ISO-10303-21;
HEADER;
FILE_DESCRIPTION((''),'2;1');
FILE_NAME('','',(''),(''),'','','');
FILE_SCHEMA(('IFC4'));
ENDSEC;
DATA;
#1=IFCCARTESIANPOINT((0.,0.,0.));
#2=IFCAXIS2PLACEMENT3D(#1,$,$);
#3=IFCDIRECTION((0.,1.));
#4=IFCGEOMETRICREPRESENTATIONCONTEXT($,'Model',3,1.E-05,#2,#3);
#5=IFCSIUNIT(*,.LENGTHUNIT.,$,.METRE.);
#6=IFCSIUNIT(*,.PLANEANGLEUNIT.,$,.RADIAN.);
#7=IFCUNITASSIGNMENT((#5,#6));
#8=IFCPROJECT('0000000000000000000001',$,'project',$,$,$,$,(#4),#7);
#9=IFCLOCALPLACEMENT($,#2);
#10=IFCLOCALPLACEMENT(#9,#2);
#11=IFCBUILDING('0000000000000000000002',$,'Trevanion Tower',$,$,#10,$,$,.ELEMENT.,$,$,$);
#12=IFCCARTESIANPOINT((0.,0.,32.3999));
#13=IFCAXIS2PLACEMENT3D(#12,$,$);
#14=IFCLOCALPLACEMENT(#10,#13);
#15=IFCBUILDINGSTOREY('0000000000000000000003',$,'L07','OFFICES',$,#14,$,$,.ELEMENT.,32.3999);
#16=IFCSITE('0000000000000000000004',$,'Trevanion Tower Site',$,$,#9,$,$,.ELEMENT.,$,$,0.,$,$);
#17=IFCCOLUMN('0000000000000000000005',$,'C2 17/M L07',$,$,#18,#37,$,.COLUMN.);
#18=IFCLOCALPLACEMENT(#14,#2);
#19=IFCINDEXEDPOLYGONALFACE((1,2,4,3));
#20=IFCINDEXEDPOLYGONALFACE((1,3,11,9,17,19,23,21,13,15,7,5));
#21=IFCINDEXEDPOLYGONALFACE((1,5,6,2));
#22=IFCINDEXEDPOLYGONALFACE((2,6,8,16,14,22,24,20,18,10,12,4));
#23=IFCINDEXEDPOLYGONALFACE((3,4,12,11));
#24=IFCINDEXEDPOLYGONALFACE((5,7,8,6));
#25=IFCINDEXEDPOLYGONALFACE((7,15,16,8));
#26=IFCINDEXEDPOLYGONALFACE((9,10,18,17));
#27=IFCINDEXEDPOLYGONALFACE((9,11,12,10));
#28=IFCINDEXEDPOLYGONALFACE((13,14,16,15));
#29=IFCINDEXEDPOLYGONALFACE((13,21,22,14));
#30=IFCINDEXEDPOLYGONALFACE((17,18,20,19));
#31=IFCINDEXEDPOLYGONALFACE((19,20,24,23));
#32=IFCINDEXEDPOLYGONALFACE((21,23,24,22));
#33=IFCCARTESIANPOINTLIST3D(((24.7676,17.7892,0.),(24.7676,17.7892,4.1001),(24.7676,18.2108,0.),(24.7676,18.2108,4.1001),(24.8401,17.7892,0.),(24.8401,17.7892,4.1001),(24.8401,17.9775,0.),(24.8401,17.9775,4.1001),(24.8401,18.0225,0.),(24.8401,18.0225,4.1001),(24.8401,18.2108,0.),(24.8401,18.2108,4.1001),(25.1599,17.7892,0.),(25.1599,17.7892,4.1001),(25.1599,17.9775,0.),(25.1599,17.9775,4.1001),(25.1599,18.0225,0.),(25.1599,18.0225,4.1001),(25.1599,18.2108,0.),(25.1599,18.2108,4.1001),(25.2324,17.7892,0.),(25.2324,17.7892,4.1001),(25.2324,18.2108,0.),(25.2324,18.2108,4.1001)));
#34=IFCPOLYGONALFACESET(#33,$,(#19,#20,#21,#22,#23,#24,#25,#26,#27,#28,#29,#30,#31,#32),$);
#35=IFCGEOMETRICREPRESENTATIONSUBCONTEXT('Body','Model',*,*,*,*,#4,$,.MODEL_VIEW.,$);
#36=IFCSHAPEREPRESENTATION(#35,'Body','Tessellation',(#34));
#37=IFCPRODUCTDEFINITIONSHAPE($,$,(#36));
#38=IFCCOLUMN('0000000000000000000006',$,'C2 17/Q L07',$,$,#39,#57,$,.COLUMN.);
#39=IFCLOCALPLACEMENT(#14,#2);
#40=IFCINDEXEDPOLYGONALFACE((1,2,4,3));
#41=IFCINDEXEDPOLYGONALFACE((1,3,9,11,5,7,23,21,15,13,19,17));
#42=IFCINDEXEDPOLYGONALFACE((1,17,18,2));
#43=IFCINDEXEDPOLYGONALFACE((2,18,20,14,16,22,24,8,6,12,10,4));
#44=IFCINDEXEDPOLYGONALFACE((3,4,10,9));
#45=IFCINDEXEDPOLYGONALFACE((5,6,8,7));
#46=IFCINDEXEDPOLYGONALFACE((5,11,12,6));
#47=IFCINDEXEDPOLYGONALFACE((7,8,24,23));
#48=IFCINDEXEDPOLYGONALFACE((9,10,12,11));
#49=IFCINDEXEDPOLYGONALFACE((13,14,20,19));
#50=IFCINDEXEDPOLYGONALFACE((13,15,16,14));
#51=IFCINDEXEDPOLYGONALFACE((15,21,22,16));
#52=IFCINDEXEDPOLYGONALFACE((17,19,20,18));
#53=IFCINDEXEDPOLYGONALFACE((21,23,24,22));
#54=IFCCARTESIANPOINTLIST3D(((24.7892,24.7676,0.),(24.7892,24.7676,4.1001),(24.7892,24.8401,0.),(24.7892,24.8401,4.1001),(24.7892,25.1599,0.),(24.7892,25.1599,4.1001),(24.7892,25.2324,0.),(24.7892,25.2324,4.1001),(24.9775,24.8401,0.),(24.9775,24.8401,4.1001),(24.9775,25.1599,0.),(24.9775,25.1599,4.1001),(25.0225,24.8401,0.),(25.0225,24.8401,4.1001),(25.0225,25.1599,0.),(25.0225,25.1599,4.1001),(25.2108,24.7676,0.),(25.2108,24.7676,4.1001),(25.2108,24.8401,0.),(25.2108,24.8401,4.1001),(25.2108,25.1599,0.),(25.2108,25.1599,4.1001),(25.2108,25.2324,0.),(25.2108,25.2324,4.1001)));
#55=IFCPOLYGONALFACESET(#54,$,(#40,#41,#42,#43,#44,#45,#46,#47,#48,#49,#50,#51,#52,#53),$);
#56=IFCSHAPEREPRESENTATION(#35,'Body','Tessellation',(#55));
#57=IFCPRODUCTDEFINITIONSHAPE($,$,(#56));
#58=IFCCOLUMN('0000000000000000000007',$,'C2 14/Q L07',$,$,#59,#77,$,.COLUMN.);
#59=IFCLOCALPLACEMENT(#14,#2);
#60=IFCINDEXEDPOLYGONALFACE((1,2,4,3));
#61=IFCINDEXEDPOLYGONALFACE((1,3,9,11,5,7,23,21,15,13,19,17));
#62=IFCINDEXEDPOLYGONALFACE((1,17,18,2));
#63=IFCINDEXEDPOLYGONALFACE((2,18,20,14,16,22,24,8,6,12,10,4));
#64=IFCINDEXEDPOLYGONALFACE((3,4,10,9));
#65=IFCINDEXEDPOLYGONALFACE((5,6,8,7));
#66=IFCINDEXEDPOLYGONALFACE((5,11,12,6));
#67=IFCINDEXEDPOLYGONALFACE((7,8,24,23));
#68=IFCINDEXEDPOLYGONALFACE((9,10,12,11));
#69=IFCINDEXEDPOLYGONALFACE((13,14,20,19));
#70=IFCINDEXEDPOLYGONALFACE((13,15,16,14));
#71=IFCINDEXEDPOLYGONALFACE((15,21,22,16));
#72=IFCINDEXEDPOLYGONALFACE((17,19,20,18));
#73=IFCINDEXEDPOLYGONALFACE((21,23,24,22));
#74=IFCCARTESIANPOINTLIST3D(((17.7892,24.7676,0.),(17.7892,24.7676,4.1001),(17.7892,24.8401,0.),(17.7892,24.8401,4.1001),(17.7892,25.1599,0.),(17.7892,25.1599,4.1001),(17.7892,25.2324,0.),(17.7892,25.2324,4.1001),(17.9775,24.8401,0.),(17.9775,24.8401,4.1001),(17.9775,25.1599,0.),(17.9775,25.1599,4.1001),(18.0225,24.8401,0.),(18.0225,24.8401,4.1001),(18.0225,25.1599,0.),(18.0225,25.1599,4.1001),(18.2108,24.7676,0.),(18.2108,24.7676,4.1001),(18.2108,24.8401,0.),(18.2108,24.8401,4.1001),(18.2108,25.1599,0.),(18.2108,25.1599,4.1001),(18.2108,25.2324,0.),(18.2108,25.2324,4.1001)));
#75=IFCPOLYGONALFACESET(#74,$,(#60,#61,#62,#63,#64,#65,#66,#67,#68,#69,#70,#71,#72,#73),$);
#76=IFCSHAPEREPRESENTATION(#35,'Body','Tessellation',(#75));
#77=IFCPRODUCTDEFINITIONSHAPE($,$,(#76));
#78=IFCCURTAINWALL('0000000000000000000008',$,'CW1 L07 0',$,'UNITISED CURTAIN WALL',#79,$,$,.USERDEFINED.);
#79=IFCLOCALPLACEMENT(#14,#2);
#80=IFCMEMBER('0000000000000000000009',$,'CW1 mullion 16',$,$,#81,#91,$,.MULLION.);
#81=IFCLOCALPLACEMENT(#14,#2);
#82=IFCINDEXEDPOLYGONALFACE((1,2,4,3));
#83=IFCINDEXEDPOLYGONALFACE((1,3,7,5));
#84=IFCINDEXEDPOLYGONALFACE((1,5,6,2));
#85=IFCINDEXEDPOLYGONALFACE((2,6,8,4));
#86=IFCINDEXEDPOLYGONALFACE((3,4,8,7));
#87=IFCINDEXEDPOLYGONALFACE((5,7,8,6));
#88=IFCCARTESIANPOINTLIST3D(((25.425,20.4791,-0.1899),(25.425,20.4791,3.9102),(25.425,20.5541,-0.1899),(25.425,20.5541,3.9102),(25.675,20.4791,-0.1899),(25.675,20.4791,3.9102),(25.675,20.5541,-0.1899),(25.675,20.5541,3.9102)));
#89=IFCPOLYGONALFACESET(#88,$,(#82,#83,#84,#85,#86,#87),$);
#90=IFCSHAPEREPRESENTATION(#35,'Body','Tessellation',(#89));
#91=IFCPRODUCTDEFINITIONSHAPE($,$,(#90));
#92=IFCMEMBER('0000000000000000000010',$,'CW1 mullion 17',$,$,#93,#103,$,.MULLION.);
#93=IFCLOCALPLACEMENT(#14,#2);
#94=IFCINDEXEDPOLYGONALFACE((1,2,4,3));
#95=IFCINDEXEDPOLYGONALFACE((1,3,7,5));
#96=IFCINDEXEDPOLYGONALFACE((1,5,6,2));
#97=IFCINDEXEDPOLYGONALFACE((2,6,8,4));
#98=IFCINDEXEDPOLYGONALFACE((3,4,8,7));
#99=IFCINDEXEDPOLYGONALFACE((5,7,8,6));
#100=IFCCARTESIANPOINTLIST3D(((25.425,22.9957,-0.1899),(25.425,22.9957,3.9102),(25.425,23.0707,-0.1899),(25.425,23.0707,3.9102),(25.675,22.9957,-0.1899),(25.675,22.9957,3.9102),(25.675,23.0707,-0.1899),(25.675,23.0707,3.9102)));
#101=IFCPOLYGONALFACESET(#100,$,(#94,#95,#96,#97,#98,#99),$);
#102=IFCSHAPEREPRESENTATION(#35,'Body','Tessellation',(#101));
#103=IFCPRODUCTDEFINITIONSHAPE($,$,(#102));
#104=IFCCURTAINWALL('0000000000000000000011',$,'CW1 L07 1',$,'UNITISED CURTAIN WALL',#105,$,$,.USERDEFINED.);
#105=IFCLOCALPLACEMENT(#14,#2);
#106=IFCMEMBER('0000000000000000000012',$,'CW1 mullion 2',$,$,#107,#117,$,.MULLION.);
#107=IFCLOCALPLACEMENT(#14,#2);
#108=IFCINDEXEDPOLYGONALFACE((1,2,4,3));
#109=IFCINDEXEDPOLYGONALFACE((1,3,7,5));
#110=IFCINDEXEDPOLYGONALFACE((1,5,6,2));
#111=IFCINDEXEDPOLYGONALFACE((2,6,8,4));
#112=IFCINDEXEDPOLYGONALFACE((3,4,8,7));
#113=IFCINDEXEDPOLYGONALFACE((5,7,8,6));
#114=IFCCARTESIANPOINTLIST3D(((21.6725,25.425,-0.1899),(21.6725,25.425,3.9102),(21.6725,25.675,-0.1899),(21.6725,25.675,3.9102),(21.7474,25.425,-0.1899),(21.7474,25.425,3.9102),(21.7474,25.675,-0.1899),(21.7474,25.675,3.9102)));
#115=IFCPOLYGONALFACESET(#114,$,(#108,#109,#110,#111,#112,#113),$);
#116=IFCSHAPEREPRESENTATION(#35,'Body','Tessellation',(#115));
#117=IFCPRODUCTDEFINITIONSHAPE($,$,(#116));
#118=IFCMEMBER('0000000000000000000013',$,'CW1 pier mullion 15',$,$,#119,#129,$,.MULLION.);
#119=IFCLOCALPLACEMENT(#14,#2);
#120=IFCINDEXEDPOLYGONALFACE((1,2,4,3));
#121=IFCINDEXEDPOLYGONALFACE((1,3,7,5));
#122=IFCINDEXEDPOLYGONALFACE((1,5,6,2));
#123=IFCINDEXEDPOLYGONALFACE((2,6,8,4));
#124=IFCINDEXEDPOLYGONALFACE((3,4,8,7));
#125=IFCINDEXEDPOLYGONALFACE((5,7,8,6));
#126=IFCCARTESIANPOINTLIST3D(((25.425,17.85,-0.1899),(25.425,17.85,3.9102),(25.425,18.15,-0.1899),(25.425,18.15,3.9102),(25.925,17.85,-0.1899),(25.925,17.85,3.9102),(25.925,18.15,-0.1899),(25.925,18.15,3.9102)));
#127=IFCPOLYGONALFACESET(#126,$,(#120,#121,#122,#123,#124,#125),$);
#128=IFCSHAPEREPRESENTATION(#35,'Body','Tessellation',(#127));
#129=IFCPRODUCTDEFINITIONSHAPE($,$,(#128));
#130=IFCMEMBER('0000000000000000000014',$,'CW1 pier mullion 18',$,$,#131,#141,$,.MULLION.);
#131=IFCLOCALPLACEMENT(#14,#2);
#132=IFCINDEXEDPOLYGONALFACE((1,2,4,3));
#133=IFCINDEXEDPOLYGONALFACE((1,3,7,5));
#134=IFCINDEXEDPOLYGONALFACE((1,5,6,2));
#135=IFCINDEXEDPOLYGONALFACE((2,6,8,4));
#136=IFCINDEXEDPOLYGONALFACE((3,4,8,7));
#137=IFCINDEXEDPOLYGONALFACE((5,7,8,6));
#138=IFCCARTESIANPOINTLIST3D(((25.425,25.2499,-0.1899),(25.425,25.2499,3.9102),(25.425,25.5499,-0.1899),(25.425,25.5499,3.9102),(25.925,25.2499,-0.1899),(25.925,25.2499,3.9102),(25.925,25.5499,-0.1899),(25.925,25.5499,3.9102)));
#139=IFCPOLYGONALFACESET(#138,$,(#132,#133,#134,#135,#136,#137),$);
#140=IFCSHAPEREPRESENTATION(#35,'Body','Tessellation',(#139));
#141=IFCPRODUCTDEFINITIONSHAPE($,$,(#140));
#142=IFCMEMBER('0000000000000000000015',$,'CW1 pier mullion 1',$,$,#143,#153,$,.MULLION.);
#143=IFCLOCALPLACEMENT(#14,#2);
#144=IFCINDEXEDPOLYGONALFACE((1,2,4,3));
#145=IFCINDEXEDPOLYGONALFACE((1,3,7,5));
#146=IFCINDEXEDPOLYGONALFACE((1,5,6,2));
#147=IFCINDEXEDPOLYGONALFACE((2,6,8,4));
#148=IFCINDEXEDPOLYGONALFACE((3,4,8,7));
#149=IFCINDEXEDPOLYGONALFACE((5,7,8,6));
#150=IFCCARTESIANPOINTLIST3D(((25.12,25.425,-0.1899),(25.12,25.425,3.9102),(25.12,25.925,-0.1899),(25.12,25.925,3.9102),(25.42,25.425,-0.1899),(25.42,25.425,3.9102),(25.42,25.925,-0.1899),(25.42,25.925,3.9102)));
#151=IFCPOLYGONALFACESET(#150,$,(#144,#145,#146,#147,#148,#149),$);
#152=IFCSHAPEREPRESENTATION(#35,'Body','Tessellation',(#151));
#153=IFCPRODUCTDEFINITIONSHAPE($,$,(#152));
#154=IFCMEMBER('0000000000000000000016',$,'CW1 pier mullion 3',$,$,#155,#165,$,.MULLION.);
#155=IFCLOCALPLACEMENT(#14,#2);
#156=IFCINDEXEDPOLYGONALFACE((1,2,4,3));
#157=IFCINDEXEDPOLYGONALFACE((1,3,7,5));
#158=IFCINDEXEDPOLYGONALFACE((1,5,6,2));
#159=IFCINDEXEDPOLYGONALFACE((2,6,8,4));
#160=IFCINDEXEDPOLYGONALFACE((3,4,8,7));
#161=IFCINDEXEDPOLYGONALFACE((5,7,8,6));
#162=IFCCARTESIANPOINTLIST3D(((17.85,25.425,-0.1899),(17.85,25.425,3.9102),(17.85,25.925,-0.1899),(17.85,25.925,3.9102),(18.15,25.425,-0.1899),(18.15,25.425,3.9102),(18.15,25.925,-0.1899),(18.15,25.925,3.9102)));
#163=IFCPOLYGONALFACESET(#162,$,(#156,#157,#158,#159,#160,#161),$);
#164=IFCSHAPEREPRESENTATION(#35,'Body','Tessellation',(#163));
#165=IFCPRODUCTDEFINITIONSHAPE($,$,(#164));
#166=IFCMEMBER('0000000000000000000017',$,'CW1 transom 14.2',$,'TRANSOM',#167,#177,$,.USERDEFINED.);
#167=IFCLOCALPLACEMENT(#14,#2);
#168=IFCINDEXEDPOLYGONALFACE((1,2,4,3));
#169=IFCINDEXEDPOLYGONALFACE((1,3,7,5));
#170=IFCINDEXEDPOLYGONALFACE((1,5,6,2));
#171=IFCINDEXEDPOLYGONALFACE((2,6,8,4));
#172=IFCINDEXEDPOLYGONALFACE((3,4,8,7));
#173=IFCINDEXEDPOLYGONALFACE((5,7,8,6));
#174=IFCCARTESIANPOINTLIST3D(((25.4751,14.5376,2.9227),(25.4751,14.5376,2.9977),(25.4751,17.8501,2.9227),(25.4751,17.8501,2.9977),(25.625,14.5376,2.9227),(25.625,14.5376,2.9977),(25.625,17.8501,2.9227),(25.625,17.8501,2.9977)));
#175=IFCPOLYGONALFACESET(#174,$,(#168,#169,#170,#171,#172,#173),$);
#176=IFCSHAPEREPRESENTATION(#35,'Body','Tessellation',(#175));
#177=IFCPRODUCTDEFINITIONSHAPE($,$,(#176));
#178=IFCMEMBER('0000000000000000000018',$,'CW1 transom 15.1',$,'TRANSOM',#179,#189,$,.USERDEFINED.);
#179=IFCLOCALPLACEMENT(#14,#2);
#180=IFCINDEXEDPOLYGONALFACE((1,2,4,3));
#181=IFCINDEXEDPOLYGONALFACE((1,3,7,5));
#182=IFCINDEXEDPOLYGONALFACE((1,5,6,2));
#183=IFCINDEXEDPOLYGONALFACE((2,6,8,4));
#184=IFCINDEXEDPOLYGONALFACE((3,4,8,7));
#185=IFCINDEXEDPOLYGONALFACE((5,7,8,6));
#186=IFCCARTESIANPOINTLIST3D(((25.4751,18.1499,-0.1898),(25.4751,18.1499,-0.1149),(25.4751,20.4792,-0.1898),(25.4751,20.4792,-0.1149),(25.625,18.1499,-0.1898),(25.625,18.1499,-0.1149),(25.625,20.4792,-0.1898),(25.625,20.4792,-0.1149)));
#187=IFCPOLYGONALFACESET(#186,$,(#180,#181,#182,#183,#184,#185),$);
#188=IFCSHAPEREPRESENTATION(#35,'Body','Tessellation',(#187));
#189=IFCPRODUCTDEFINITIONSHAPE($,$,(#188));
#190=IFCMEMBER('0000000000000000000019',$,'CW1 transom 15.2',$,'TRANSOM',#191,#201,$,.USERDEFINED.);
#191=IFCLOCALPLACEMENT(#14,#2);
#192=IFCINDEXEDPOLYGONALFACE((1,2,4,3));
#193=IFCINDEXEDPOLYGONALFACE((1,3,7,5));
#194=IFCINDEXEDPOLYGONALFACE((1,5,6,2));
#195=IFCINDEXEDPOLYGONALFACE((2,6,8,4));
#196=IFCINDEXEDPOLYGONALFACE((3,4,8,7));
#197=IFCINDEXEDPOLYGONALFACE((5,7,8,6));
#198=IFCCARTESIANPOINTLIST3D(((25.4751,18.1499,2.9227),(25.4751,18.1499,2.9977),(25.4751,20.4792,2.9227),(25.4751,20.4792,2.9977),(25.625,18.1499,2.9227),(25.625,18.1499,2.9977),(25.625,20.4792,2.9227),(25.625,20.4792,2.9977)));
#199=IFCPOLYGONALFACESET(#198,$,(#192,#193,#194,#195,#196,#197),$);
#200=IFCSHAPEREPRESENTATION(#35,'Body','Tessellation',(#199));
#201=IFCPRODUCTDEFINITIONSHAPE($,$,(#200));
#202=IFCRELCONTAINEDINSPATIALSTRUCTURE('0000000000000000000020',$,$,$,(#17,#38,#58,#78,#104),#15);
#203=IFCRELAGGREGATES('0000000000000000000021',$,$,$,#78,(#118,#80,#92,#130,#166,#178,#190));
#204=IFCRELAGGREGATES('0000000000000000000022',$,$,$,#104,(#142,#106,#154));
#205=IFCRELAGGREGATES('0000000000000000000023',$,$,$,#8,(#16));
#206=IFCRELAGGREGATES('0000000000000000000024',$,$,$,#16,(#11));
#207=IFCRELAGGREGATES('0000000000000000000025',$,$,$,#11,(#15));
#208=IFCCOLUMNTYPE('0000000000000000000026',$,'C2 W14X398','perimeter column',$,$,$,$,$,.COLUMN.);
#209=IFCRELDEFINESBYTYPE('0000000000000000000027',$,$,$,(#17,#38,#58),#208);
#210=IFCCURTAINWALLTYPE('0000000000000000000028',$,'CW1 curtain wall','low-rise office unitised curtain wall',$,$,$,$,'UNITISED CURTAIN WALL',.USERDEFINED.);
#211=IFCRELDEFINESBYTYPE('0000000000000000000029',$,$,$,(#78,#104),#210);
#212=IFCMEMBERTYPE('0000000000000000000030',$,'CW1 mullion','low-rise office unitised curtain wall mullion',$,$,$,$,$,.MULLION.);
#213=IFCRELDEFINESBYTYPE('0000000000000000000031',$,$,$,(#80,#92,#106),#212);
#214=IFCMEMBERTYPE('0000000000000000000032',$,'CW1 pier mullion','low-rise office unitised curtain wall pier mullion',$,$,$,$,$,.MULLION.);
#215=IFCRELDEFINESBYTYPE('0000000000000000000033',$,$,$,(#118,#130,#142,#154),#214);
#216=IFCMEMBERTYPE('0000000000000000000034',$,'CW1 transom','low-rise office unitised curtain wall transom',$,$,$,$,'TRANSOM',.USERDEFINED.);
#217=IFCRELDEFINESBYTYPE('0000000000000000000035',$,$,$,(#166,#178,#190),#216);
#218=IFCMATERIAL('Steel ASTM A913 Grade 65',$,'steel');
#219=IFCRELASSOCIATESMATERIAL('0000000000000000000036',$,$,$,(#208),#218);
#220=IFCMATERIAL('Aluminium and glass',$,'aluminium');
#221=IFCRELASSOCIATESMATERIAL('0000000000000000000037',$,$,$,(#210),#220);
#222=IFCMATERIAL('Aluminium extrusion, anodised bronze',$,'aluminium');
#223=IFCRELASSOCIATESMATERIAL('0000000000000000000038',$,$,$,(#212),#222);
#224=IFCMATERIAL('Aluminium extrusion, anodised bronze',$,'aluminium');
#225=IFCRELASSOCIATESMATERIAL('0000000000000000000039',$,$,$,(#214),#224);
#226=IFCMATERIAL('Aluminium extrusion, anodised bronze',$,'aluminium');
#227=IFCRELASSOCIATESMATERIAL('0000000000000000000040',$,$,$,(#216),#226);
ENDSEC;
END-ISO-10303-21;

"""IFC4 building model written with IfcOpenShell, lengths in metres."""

from ifc_helpers import new_model, si_unit, direction, frame, origin, origin_2d, place, context, subcontext, project, spatial, rectangle, i_section, extrude, material, material_profile, profile_set, type_object, element, aggregate, save


model = new_model("IFC4")

# Units and contexts
model_context = context("Model", 3, precision=1e-05, world=origin(), true_north=direction((0.0, 1.0)))
body_context = subcontext(model_context, "Body", "Model", "MODEL_VIEW")
ifc_project = project(units=[si_unit("LENGTHUNIT", "METRE"), si_unit("PLANEANGLEUNIT", "RADIAN")], contexts=[model_context])

# Site, building, storey
site_placement = place(None, origin())
site = spatial("IfcSite", under=ifc_project, at=site_placement, Name="Trevanion Tower Site", CompositionType="ELEMENT", RefElevation=0.0)
building_placement = place(site_placement, origin())
building = spatial("IfcBuilding", under=site, at=building_placement, Name="Trevanion Tower", CompositionType="ELEMENT")
storey_placement = place(building_placement, frame((0.0, 0.0, 32.3999)))
storey = spatial("IfcBuildingStorey", under=building, at=storey_placement, Name="L07", Description="OFFICES", CompositionType="ELEMENT", Elevation=32.3999)

# Columns
ifc_material_1 = material(Name="Steel ASTM A913 Grade 65", Category="steel")
ifc_material_profile_1 = material_profile(ifc_material_1, i_section(OverallWidth=0.4216, OverallDepth=0.4648, WebThickness=0.0449, FlangeThickness=0.0725, at=origin_2d()), Name="W14X398")
ifc_profile_set_1 = profile_set([ifc_material_profile_1], Name="Steel ASTM A913 Grade 65")
column_type = type_object("IfcColumnType", Name="C2 W14X398", Description="perimeter column", PredefinedType="COLUMN", material=ifc_profile_set_1)
for number, where, z_axis, x_axis, name in (
    (1, (25.0, 18.0, 0.0), (0.0, 0.0, 1.0), (0.0, 1.0, 0.0), "C2 17/M L07"),
    (2, (25.0, 25.0, 0.0), (0.0, 0.0, 1.0), (1.0, 0.0, 0.0), "C2 17/Q L07"),
    (3, (18.0, 25.0, 0.0), (0.0, 0.0, 1.0), (1.0, 0.0, 0.0), "C2 14/Q L07"),
):
    element("IfcColumn", number, at=place(storey_placement, frame(where, z_axis=z_axis, x_axis=x_axis)), inside=storey, type_object=column_type, Name=name, PredefinedType="COLUMN", context=body_context, shape_type="SweptSolid", body=[
        extrude(i_section(OverallWidth=0.4216, OverallDepth=0.4648, WebThickness=0.0449, FlangeThickness=0.0725, at=origin_2d()), origin(), (0.0, 0.0, 1.0), 4.1001),
    ])

# Curtain wall, members
ifc_material_2 = material(Name="Aluminium and glass", Category="aluminium")
curtain_wall_type = type_object("IfcCurtainWallType", Name="CW1 curtain wall", Description="low-rise office unitised curtain wall", ElementType="UNITISED CURTAIN WALL", PredefinedType="USERDEFINED", material=ifc_material_2)
curtain_wall_1_placement = place(storey_placement, origin())
curtain_wall_1 = element("IfcCurtainWall", 4, at=curtain_wall_1_placement, inside=storey, type_object=curtain_wall_type, Name="CW1 L07 0", ObjectType="UNITISED CURTAIN WALL", PredefinedType="USERDEFINED")
ifc_material_3 = material(Name="Aluminium extrusion, anodised bronze", Category="aluminium")
ifc_material_profile_2 = material_profile(ifc_material_3, rectangle(XDim=0.075, YDim=0.25, at=origin_2d()), Name="CW1 mullion")
ifc_profile_set_2 = profile_set([ifc_material_profile_2], Name="Aluminium extrusion, anodised bronze")
member_type_1 = type_object("IfcMemberType", Name="CW1 mullion", Description="low-rise office unitised curtain wall mullion", PredefinedType="MULLION", material=ifc_profile_set_2)
member_1_placement = place(storey_placement, frame((25.55, 20.5166, -0.1899), z_axis=(0.0, 0.0, 1.0), x_axis=(0.0, 1.0, 0.0)))
member_1 = element("IfcMember", 5, at=member_1_placement, type_object=member_type_1, Name="CW1 mullion 16", PredefinedType="MULLION", context=body_context, shape_type="SweptSolid", body=[
    extrude(rectangle(XDim=0.075, YDim=0.25, at=origin_2d()), origin(), (0.0, 0.0, 1.0), 4.1001),
])
member_2_placement = place(storey_placement, frame((25.55, 23.0332, -0.1899), z_axis=(0.0, 0.0, 1.0), x_axis=(0.0, 1.0, 0.0)))
member_2 = element("IfcMember", 6, at=member_2_placement, type_object=member_type_1, Name="CW1 mullion 17", PredefinedType="MULLION", context=body_context, shape_type="SweptSolid", body=[
    extrude(rectangle(XDim=0.075, YDim=0.25, at=origin_2d()), origin(), (0.0, 0.0, 1.0), 4.1001),
])

# Curtain wall, member
curtain_wall_2_placement = place(storey_placement, origin())
curtain_wall_2 = element("IfcCurtainWall", 7, at=curtain_wall_2_placement, inside=storey, type_object=curtain_wall_type, Name="CW1 L07 1", ObjectType="UNITISED CURTAIN WALL", PredefinedType="USERDEFINED")
member_3_placement = place(storey_placement, frame((21.71, 25.55, -0.1899), z_axis=(0.0, 0.0, 1.0), x_axis=(-1.0, 0.0, 0.0)))
member_3 = element("IfcMember", 8, at=member_3_placement, type_object=member_type_1, Name="CW1 mullion 2", PredefinedType="MULLION", context=body_context, shape_type="SweptSolid", body=[
    extrude(rectangle(XDim=0.075, YDim=0.25, at=origin_2d()), origin(), (0.0, 0.0, 1.0), 4.1001),
])

# Members
ifc_material_4 = material(Name="Aluminium extrusion, anodised bronze", Category="aluminium")
ifc_material_profile_3 = material_profile(ifc_material_4, rectangle(XDim=0.3, YDim=0.5, at=origin_2d()), Name="CW1 pier mullion")
ifc_profile_set_3 = profile_set([ifc_material_profile_3], Name="Aluminium extrusion, anodised bronze")
member_type_2 = type_object("IfcMemberType", Name="CW1 pier mullion", Description="low-rise office unitised curtain wall pier mullion", PredefinedType="MULLION", material=ifc_profile_set_3)
member_4_placement = place(storey_placement, frame((25.675, 18.0, -0.1899), z_axis=(0.0, 0.0, 1.0), x_axis=(0.0, 1.0, 0.0)))
member_4 = element("IfcMember", 9, at=member_4_placement, type_object=member_type_2, Name="CW1 pier mullion 15", PredefinedType="MULLION", context=body_context, shape_type="SweptSolid", body=[
    extrude(rectangle(XDim=0.3, YDim=0.5, at=origin_2d()), origin(), (0.0, 0.0, 1.0), 4.1001),
])
member_5_placement = place(storey_placement, frame((25.675, 25.3999, -0.1899), z_axis=(0.0, 0.0, 1.0), x_axis=(0.0, 1.0, 0.0)))
member_5 = element("IfcMember", 10, at=member_5_placement, type_object=member_type_2, Name="CW1 pier mullion 18", PredefinedType="MULLION", context=body_context, shape_type="SweptSolid", body=[
    extrude(rectangle(XDim=0.3, YDim=0.5, at=origin_2d()), origin(), (0.0, 0.0, 1.0), 4.1001),
])
member_6_placement = place(storey_placement, frame((25.27, 25.675, -0.1899), z_axis=(0.0, 0.0, 1.0), x_axis=(-1.0, 0.0, 0.0)))
member_6 = element("IfcMember", 11, at=member_6_placement, type_object=member_type_2, Name="CW1 pier mullion 1", PredefinedType="MULLION", context=body_context, shape_type="SweptSolid", body=[
    extrude(rectangle(XDim=0.3, YDim=0.5, at=origin_2d()), origin(), (0.0, 0.0, 1.0), 4.1001),
])
member_7_placement = place(storey_placement, frame((18.0, 25.675, -0.1899), z_axis=(0.0, 0.0, 1.0), x_axis=(-1.0, 0.0, 0.0)))
member_7 = element("IfcMember", 12, at=member_7_placement, type_object=member_type_2, Name="CW1 pier mullion 3", PredefinedType="MULLION", context=body_context, shape_type="SweptSolid", body=[
    extrude(rectangle(XDim=0.3, YDim=0.5, at=origin_2d()), origin(), (0.0, 0.0, 1.0), 4.1001),
])
ifc_material_5 = material(Name="Aluminium extrusion, anodised bronze", Category="aluminium")
ifc_material_profile_4 = material_profile(ifc_material_5, rectangle(XDim=0.1499, YDim=0.075, at=origin_2d()), Name="CW1 transom")
ifc_profile_set_4 = profile_set([ifc_material_profile_4], Name="Aluminium extrusion, anodised bronze")
member_type_3 = type_object("IfcMemberType", Name="CW1 transom", Description="low-rise office unitised curtain wall transom", ElementType="TRANSOM", PredefinedType="USERDEFINED", material=ifc_profile_set_4)
member_8_placement = place(storey_placement, frame((25.55, 14.5376, 2.9602), z_axis=(0.0, 1.0, 0.0), x_axis=(-1.0, 0.0, 0.0)))
member_8 = element("IfcMember", 13, at=member_8_placement, type_object=member_type_3, Name="CW1 transom 14.2", ObjectType="TRANSOM", PredefinedType="USERDEFINED", context=body_context, shape_type="SweptSolid", body=[
    extrude(rectangle(XDim=0.1499, YDim=0.075, at=origin_2d()), origin(), (0.0, 0.0, 1.0), 3.3125),
])
member_9_placement = place(storey_placement, frame((25.55, 18.1499, -0.1523), z_axis=(0.0, 1.0, 0.0), x_axis=(-1.0, 0.0, 0.0)))
member_9 = element("IfcMember", 14, at=member_9_placement, type_object=member_type_3, Name="CW1 transom 15.1", ObjectType="TRANSOM", PredefinedType="USERDEFINED", context=body_context, shape_type="SweptSolid", body=[
    extrude(rectangle(XDim=0.1499, YDim=0.075, at=origin_2d()), origin(), (0.0, 0.0, 1.0), 2.3293),
])
member_10_placement = place(storey_placement, frame((25.55, 18.1499, 2.9602), z_axis=(0.0, 1.0, 0.0), x_axis=(-1.0, 0.0, 0.0)))
member_10 = element("IfcMember", 15, at=member_10_placement, type_object=member_type_3, Name="CW1 transom 15.2", ObjectType="TRANSOM", PredefinedType="USERDEFINED", context=body_context, shape_type="SweptSolid", body=[
    extrude(rectangle(XDim=0.1499, YDim=0.075, at=origin_2d()), origin(), (0.0, 0.0, 1.0), 2.3293),
])

aggregate(curtain_wall_1, [member_4, member_1, member_2, member_5, member_8, member_9, member_10])
aggregate(curtain_wall_2, [member_6, member_3, member_7])

save(model, "model.ifc")
